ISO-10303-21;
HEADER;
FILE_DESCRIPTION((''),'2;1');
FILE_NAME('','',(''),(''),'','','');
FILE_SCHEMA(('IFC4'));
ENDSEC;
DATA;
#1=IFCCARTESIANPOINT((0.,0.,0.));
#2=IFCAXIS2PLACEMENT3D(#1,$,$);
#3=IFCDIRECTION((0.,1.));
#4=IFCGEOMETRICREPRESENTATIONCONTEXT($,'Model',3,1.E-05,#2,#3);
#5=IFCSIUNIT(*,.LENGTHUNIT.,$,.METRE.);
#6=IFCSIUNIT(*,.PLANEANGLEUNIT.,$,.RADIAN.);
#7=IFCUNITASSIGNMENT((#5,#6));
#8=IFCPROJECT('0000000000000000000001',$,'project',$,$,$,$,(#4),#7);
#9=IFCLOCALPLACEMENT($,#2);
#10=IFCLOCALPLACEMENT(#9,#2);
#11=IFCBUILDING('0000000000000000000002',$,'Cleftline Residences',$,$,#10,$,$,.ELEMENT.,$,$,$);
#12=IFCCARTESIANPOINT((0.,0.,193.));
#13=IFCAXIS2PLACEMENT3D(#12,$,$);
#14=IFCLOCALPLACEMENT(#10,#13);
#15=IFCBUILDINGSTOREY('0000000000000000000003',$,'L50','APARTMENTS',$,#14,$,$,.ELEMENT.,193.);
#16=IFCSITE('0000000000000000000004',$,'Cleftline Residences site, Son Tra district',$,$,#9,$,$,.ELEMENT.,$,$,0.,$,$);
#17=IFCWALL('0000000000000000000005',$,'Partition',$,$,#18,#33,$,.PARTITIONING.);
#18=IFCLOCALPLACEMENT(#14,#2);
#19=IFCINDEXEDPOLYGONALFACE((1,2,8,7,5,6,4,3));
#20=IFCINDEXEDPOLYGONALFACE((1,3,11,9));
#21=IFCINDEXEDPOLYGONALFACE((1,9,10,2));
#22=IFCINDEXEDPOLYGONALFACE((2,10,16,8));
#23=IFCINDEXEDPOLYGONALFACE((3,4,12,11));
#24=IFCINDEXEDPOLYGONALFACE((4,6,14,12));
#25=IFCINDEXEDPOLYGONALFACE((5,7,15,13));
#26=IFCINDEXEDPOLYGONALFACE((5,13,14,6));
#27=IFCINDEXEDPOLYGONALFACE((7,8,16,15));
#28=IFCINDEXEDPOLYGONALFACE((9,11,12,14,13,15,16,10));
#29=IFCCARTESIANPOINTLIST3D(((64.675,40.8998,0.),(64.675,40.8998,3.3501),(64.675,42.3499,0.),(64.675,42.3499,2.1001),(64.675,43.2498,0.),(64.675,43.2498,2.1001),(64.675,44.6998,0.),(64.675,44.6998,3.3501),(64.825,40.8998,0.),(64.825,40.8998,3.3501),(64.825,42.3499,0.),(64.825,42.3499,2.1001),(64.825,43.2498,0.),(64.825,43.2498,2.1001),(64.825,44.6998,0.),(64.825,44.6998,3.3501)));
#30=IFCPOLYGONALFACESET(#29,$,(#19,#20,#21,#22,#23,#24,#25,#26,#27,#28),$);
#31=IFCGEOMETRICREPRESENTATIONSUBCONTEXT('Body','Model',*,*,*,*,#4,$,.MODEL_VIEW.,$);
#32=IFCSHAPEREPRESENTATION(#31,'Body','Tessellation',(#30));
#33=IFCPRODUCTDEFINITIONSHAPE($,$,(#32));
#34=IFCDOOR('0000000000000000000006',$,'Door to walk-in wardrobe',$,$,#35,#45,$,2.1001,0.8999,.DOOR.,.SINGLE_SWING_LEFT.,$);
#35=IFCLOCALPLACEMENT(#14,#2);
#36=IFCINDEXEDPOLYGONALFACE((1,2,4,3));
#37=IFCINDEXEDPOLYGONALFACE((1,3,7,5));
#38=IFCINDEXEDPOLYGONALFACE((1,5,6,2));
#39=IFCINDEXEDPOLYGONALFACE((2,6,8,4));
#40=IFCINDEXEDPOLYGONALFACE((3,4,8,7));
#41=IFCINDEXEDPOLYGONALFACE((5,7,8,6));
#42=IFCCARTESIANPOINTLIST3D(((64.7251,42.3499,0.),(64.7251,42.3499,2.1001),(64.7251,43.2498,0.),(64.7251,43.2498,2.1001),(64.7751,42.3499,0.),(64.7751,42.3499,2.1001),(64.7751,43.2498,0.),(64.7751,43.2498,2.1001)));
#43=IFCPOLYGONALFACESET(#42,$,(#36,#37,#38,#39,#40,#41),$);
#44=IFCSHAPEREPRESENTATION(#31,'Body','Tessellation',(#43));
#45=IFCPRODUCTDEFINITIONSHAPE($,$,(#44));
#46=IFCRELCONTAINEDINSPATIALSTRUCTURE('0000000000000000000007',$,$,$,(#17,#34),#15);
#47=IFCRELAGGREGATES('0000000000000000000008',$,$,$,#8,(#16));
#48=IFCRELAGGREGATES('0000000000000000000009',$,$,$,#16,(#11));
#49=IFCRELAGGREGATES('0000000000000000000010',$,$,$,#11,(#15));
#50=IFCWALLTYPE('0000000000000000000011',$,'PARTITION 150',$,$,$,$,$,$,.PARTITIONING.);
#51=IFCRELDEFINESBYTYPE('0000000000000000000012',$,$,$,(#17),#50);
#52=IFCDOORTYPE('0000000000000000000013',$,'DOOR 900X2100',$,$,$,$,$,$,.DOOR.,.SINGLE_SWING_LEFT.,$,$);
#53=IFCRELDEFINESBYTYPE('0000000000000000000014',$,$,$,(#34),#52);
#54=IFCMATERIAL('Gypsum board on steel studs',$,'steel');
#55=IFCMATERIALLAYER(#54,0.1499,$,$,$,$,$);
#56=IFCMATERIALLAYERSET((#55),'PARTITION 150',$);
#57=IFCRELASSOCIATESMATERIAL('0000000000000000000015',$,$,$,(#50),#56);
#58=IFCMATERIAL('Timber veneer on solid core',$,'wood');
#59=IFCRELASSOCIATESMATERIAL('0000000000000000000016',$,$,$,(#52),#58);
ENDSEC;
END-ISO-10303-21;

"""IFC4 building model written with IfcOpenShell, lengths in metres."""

from ifc_helpers import new_model, si_unit, direction, frame, frame_2d, origin, place, context, subcontext, project, spatial, rectangle, extrude, material, layer, layer_set, type_object, element, fill, save


model = new_model("IFC4")

# Units and contexts
model_context = context("Model", 3, precision=1e-05, world=origin(), true_north=direction((0.0, 1.0)))
body_context = subcontext(model_context, "Body", "Model", "MODEL_VIEW")
ifc_project = project(units=[si_unit("LENGTHUNIT", "METRE"), si_unit("PLANEANGLEUNIT", "RADIAN")], contexts=[model_context])

# Site, building, storey
site_placement = place(None, origin())
site = spatial("IfcSite", under=ifc_project, at=site_placement, Name="Cleftline Residences site, Son Tra district", CompositionType="ELEMENT", RefElevation=0.0)
building_placement = place(site_placement, origin())
building = spatial("IfcBuilding", under=site, at=building_placement, Name="Cleftline Residences", CompositionType="ELEMENT")
storey_placement = place(building_placement, frame((0.0, 0.0, 193.0)))
storey = spatial("IfcBuildingStorey", under=building, at=storey_placement, Name="L50", Description="APARTMENTS", CompositionType="ELEMENT", Elevation=193.0)

# Shared definitions
ifc_material_1 = material(Name="Gypsum board on steel studs", Category="steel")
ifc_layer_1 = layer(ifc_material_1, 0.1499)
ifc_layer_set_1 = layer_set([ifc_layer_1], Name="PARTITION 150")
wall_type_1 = type_object("IfcWallType", Name="PARTITION 150", PredefinedType="PARTITIONING", material=ifc_layer_set_1)

# Wall, opening, door
wall_1_placement = place(storey_placement, frame((64.75, 40.8999, 0.0), z_axis=(0.0, 0.0, 1.0), x_axis=(0.0, 1.0, 0.0)))
wall_1 = element("IfcWall", 1, at=wall_1_placement, inside=storey, type_object=wall_type_1, Name="Partition", PredefinedType="PARTITIONING", context=body_context, shape_type="SweptSolid", body=[
    extrude(rectangle(XDim=3.8, YDim=0.1499, at=frame_2d((1.8999, 0.0))), origin(), (0.0, 0.0, 1.0), 3.3501),
])
opening_1_placement = place(wall_1_placement, frame((1.45, 0.0, 0.0)))
opening_1 = element("IfcOpeningElement", 2, at=opening_1_placement, cuts=wall_1, PredefinedType="OPENING", context=body_context, shape_type="SweptSolid", body=[
    extrude(rectangle(XDim=0.8999, YDim=2.1001, at=frame_2d((0.45, 1.05))), frame((0.0, 0.085, 0.0), z_axis=(0.0, -1.0, 0.0), x_axis=(1.0, 0.0, 0.0)), (0.0, 0.0, 1.0), 0.1699),
])
ifc_material_2 = material(Name="Timber veneer on solid core", Category="wood")
door_type = type_object("IfcDoorType", Name="DOOR 900X2100", OperationType="SINGLE_SWING_LEFT", PredefinedType="DOOR", material=ifc_material_2)
door_placement = place(opening_1_placement, origin())
door = element("IfcDoor", 3, at=door_placement, inside=storey, type_object=door_type, Name="Door to walk-in wardrobe", OperationType="SINGLE_SWING_LEFT", OverallHeight=2.1001, OverallWidth=0.8999, PredefinedType="DOOR", context=body_context, shape_type="SweptSolid", body=[
    extrude(rectangle(XDim=0.8999, YDim=2.1001, at=frame_2d((0.45, 1.05))), frame((0.0, 0.0249, 0.0), z_axis=(0.0, -1.0, 0.0), x_axis=(1.0, 0.0, 0.0)), (0.0, 0.0, 1.0), 0.05),
])
fill(opening_1, door)

save(model, "model.ifc")
